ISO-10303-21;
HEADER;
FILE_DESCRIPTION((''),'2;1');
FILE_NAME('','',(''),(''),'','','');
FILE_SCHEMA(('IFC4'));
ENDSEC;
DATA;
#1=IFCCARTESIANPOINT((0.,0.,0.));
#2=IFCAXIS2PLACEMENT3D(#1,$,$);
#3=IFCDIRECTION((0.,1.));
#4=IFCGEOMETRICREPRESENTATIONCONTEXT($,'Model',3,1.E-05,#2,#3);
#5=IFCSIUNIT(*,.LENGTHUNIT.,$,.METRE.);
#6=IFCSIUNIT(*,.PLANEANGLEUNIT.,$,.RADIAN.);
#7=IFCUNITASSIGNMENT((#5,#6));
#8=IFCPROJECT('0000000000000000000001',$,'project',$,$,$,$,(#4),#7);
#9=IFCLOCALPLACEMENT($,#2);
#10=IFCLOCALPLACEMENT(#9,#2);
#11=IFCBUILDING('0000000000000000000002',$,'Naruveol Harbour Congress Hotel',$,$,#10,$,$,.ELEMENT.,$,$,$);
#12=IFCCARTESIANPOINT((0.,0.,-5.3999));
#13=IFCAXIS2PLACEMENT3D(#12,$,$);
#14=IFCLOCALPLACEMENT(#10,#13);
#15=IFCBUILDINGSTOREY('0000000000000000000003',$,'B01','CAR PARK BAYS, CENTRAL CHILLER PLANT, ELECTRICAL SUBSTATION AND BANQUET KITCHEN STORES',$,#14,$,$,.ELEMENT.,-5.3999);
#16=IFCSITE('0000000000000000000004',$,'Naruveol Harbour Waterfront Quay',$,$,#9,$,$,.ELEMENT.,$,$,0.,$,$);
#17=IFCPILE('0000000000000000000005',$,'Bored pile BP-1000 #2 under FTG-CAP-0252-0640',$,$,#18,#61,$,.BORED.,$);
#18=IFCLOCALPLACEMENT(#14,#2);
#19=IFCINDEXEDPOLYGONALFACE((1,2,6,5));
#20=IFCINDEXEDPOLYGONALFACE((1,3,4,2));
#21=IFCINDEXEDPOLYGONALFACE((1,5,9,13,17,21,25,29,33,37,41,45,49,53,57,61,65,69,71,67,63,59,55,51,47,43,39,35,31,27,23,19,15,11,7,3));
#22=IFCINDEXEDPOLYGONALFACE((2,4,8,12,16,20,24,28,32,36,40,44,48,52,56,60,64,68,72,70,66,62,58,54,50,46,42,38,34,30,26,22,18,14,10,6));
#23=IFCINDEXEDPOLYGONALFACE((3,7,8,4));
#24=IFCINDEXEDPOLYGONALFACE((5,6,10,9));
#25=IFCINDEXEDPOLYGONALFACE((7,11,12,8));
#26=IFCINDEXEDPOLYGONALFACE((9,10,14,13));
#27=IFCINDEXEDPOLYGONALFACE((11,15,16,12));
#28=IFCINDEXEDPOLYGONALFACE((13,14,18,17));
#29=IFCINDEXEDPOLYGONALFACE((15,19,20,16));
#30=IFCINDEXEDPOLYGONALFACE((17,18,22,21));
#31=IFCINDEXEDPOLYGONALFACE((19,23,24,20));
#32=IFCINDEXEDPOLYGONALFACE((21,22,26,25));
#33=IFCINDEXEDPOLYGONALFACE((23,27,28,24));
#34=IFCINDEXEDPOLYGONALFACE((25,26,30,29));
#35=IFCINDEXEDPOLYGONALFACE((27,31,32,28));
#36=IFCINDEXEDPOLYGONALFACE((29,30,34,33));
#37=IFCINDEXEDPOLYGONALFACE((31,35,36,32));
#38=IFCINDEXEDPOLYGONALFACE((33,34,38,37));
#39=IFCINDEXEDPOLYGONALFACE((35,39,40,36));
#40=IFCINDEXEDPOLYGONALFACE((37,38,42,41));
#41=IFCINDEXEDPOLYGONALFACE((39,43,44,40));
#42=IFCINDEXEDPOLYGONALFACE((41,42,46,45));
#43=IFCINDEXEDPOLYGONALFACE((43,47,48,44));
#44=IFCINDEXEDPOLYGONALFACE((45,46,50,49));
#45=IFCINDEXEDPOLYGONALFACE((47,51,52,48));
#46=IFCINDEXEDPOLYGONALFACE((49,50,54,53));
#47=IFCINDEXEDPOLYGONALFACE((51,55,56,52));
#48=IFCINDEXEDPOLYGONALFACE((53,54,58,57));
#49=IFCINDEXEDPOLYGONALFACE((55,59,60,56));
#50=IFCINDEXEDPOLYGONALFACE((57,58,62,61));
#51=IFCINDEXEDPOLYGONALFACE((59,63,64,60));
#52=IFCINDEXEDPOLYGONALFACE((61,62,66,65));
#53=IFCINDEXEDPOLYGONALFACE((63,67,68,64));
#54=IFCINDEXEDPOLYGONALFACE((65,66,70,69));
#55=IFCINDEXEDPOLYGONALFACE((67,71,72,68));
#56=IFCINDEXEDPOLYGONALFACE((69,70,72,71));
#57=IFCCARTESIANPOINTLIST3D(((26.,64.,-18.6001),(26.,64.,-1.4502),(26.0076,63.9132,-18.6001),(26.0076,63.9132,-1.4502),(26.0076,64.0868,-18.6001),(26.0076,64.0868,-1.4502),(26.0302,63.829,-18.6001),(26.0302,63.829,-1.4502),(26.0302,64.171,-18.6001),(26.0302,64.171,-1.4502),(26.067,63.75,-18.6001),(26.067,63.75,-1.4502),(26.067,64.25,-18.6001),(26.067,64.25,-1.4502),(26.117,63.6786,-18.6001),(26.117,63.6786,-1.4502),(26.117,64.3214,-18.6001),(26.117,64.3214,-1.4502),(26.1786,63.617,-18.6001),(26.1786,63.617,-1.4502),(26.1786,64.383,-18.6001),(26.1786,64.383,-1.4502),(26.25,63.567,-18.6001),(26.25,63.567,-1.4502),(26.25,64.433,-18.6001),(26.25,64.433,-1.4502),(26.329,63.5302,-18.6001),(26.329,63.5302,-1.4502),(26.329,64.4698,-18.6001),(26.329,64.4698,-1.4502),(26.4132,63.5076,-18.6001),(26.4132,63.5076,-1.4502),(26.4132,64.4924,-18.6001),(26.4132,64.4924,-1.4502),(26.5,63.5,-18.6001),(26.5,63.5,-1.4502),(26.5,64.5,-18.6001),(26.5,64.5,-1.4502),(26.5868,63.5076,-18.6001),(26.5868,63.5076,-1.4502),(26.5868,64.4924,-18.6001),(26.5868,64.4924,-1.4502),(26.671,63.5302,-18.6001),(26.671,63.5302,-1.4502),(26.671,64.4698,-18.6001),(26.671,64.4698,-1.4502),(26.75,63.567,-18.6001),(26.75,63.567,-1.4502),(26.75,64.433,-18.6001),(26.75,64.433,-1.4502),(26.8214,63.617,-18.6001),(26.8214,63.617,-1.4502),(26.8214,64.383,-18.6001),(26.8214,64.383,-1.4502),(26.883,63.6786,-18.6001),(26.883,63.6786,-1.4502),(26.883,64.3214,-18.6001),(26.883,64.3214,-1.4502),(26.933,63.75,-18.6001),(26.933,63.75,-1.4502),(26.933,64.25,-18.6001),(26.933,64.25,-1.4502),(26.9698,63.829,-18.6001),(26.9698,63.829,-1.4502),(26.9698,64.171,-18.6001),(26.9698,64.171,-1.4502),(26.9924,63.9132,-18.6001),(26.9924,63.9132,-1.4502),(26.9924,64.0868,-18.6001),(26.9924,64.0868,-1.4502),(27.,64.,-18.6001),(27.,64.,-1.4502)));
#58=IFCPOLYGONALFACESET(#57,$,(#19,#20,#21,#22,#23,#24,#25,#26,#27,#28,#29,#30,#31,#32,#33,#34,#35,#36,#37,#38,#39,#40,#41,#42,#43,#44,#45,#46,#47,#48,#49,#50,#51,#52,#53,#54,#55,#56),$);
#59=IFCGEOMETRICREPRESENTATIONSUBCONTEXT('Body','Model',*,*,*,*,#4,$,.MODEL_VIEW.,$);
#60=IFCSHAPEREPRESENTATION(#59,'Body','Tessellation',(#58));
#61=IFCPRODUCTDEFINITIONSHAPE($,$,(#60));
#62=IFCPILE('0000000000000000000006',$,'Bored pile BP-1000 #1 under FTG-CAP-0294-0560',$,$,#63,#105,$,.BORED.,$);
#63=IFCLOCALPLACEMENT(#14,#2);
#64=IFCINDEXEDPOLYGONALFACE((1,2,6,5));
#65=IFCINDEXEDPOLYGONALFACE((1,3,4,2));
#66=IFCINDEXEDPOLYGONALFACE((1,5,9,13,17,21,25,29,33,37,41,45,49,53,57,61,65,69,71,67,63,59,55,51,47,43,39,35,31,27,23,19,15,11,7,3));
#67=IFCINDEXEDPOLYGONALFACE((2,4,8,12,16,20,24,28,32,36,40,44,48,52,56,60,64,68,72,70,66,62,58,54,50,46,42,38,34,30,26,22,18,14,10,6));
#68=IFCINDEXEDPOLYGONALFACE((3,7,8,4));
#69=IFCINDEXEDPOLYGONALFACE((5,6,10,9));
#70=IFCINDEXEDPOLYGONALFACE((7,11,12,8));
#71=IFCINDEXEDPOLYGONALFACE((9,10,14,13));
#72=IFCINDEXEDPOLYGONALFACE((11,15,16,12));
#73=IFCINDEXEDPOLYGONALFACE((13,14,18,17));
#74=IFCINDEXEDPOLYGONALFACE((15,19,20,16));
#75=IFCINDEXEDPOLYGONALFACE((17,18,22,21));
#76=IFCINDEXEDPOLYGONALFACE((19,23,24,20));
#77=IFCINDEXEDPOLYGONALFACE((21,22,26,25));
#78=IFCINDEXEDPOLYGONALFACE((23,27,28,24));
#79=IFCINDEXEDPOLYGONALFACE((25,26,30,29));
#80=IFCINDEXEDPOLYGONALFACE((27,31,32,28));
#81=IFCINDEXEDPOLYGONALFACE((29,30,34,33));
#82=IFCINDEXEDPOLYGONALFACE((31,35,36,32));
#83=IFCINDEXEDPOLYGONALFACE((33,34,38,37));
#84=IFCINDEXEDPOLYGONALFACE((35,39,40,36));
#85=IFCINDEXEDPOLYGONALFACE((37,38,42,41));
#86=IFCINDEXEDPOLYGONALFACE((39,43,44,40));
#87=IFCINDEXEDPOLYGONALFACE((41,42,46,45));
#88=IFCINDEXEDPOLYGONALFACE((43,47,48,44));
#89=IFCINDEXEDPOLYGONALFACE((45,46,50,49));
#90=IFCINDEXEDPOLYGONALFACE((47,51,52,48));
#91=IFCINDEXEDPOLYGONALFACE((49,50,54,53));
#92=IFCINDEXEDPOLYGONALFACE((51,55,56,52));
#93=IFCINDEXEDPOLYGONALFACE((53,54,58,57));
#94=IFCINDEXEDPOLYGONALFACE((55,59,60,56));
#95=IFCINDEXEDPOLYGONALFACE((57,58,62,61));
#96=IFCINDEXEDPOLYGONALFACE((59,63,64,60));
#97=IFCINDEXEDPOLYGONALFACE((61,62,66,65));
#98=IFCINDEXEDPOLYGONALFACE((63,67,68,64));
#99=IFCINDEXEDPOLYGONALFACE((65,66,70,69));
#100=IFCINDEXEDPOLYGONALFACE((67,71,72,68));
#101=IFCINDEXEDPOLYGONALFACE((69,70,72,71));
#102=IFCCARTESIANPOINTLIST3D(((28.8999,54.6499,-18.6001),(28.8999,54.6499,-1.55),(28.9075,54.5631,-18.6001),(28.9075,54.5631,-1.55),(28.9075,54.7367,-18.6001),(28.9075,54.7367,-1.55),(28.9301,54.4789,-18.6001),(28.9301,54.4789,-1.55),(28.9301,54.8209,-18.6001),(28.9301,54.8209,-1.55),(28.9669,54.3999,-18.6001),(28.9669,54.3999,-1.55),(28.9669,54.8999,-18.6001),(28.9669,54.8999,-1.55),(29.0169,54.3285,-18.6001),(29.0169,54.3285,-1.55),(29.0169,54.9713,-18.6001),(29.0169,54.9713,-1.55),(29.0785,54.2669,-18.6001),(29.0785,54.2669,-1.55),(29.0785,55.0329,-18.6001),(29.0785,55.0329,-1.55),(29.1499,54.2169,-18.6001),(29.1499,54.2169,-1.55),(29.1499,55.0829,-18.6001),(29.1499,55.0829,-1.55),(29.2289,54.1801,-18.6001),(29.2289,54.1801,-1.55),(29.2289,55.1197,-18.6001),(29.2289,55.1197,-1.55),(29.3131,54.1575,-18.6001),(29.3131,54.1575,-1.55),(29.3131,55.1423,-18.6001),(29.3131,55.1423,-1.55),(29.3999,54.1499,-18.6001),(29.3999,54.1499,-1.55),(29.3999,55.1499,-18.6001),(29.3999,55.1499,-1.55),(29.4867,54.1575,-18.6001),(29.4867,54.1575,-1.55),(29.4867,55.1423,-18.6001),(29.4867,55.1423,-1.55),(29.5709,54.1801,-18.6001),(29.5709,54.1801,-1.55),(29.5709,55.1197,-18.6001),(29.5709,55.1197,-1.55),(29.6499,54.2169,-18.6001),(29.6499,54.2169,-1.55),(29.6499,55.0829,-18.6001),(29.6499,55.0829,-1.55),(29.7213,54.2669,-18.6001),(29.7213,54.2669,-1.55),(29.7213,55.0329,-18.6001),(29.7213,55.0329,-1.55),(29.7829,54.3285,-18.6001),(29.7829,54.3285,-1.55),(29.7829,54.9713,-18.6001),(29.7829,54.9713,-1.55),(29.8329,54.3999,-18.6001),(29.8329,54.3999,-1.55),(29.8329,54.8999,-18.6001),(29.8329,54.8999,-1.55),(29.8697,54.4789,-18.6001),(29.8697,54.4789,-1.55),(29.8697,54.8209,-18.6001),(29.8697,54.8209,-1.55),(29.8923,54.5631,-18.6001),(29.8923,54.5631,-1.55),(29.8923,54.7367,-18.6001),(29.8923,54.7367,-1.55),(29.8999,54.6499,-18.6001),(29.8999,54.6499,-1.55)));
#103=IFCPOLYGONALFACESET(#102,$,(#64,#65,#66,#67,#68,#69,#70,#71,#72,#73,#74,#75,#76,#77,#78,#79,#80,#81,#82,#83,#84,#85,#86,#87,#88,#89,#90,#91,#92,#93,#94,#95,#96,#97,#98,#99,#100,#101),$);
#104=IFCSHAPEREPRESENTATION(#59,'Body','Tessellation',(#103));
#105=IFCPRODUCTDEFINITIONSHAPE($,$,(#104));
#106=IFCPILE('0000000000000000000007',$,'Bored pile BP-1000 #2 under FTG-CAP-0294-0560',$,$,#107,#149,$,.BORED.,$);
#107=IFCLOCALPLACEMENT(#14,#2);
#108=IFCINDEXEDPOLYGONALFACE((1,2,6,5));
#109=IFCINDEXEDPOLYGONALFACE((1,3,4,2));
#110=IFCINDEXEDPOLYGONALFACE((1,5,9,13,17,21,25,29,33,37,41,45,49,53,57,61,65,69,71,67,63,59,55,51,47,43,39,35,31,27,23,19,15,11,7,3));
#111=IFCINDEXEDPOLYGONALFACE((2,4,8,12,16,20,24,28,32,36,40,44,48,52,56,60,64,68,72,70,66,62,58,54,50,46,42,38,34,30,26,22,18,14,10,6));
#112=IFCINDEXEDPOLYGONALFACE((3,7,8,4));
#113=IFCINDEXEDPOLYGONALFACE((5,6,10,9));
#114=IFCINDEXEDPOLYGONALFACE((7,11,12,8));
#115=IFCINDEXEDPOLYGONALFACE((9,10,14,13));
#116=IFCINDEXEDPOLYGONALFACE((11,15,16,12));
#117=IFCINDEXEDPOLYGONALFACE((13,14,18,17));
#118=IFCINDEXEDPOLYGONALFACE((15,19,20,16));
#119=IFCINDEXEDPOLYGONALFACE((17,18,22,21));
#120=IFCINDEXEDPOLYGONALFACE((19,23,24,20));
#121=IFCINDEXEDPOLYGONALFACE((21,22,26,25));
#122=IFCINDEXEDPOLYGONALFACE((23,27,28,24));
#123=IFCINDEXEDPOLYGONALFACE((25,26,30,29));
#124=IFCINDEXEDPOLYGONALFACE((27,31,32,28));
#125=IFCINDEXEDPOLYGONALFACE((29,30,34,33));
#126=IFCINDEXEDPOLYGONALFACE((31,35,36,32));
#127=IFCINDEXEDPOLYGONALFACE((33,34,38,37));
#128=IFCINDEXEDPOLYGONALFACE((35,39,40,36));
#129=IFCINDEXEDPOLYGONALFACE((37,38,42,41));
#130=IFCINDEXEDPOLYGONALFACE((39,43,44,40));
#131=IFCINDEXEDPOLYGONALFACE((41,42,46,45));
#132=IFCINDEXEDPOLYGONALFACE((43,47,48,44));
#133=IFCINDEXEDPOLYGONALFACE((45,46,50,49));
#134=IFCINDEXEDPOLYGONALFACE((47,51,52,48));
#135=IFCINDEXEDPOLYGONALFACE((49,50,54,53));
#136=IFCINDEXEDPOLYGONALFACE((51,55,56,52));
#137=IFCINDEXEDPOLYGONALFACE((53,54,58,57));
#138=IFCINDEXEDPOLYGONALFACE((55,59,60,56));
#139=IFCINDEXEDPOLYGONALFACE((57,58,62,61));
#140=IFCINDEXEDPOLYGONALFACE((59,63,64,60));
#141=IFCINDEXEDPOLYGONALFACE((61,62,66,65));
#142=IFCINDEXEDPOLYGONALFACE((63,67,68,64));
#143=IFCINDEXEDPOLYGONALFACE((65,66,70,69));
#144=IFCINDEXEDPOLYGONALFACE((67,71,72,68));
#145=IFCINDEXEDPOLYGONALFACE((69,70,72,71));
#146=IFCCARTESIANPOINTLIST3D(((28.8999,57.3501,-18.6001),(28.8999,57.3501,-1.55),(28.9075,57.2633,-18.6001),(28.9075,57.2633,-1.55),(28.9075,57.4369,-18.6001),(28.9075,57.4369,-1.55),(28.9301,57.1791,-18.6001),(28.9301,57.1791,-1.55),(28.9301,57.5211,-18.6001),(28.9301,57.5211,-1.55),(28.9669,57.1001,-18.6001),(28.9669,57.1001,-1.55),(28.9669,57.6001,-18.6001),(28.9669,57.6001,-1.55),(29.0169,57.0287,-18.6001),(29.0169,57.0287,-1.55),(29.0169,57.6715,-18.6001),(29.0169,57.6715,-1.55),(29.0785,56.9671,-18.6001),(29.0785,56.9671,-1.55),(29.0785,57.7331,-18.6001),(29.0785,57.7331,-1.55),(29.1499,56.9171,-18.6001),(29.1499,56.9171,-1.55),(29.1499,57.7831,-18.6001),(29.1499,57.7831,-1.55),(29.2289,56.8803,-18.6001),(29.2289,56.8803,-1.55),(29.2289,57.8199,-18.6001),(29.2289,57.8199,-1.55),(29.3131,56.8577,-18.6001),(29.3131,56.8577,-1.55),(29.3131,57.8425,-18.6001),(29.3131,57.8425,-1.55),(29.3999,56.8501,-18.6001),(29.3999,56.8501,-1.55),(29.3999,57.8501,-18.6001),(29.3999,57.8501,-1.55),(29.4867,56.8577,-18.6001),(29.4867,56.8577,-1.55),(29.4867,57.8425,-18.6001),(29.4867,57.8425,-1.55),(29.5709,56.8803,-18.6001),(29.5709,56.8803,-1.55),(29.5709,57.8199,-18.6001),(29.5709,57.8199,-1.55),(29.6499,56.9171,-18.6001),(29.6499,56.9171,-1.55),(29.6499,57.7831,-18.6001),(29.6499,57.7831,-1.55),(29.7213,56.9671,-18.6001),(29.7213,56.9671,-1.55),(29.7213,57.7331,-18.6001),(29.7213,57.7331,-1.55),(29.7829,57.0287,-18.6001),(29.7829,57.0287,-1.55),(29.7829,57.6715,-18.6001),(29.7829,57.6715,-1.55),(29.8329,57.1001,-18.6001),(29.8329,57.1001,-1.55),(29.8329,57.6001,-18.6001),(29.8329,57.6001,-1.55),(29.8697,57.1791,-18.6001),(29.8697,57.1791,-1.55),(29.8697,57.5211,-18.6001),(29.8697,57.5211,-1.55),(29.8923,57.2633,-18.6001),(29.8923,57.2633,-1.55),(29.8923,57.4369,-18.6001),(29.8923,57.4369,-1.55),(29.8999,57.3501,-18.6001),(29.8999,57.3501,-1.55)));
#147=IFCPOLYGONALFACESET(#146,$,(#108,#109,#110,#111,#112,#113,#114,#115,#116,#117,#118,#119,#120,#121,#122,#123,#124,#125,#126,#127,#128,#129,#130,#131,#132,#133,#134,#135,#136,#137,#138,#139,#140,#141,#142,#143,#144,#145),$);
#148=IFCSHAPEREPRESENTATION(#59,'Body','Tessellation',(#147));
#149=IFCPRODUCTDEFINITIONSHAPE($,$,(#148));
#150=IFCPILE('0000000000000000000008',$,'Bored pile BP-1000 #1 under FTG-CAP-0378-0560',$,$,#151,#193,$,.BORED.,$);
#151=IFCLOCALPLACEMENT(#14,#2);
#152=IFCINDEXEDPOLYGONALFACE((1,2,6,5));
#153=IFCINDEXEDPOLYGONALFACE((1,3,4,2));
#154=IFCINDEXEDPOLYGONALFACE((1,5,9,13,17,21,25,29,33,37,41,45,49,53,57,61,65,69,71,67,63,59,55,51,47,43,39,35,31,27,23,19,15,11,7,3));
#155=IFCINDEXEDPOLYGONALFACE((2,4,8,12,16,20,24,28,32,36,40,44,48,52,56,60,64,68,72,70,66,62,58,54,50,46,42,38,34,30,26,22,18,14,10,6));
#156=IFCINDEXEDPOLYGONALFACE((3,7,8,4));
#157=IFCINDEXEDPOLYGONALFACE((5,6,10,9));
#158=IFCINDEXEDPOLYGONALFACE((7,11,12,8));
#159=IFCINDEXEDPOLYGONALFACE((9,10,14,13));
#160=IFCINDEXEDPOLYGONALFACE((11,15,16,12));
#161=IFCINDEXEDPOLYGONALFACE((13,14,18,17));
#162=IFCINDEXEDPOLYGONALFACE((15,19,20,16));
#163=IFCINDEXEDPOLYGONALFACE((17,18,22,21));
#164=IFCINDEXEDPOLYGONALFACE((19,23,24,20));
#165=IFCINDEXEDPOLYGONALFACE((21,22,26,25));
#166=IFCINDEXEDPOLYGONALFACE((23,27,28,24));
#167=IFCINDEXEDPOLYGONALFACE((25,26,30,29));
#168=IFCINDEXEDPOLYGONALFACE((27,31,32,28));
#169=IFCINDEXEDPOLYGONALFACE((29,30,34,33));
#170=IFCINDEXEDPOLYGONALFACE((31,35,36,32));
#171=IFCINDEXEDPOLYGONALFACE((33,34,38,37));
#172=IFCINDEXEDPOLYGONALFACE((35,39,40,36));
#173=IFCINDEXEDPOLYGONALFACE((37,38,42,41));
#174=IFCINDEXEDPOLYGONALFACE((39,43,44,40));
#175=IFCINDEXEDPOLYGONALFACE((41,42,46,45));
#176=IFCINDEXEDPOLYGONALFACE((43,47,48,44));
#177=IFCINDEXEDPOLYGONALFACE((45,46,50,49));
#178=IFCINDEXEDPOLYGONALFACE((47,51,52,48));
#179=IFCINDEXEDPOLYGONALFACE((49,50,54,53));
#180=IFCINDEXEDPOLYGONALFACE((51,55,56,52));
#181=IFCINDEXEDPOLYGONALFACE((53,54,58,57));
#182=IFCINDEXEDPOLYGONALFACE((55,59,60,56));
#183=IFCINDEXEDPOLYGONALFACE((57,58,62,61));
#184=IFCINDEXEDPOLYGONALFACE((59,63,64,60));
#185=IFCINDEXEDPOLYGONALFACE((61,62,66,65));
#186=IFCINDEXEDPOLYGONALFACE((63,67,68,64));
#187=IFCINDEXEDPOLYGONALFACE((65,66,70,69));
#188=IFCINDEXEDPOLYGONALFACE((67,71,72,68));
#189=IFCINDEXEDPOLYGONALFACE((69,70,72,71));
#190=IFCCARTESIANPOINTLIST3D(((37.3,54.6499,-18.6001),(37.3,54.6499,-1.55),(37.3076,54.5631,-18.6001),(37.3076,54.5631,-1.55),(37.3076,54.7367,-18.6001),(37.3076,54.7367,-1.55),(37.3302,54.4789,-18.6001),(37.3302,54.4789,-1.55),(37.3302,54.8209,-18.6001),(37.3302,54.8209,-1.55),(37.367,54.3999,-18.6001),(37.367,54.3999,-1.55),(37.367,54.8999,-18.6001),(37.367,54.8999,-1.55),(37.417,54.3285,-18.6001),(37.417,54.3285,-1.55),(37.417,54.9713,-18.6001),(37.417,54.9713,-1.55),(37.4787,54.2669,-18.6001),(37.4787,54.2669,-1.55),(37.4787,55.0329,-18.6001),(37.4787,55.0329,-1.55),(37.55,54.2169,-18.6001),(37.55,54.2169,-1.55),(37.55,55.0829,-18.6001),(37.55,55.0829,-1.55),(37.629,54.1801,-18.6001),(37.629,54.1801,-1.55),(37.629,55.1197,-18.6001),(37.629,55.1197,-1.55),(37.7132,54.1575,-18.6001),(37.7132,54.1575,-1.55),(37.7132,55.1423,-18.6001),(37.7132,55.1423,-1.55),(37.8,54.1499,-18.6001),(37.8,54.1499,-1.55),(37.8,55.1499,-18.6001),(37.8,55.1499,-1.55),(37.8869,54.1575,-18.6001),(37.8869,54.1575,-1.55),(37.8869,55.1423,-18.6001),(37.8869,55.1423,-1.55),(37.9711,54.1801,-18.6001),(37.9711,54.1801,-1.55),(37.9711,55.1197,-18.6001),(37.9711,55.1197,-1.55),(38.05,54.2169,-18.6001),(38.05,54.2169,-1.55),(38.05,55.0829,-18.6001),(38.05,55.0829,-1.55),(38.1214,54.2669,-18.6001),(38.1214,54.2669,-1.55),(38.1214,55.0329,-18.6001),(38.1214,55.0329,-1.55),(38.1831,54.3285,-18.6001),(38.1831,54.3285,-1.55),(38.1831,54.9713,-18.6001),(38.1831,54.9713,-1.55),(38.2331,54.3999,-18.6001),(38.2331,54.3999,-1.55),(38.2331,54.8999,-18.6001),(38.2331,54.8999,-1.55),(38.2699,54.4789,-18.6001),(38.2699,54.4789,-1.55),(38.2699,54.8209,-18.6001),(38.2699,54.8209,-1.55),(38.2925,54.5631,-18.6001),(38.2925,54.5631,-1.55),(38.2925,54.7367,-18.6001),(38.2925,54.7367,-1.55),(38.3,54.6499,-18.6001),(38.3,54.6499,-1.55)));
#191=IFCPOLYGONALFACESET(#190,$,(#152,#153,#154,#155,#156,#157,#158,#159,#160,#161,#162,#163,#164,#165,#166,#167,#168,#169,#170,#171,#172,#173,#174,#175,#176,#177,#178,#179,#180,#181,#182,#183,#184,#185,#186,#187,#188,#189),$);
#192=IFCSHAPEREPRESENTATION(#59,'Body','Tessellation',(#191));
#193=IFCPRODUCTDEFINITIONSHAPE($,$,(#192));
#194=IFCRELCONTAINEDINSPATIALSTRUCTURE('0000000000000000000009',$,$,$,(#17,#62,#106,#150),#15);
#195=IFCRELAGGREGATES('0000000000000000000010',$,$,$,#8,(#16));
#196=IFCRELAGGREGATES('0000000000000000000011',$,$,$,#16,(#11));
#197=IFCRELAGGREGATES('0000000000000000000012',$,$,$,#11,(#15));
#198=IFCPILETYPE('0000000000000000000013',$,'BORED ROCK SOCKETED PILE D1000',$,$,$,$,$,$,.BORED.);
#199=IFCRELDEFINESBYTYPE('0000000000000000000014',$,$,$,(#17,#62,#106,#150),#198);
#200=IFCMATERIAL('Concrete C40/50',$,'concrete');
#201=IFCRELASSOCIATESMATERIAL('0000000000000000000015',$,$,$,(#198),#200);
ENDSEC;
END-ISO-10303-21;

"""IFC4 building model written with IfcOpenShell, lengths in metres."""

from ifc_helpers import new_model, si_unit, direction, frame, origin, origin_2d, place, context, subcontext, project, spatial, circle, extrude, material, material_profile, profile_set, type_object, element, save


model = new_model("IFC4")

# Units and contexts
model_context = context("Model", 3, precision=1e-05, world=origin(), true_north=direction((0.0, 1.0)))
body_context = subcontext(model_context, "Body", "Model", "MODEL_VIEW")
ifc_project = project(units=[si_unit("LENGTHUNIT", "METRE"), si_unit("PLANEANGLEUNIT", "RADIAN")], contexts=[model_context])

# Site, building, storey
site_placement = place(None, origin())
site = spatial("IfcSite", under=ifc_project, at=site_placement, Name="Naruveol Harbour Waterfront Quay", CompositionType="ELEMENT", RefElevation=0.0)
building_placement = place(site_placement, origin())
building = spatial("IfcBuilding", under=site, at=building_placement, Name="Naruveol Harbour Congress Hotel", CompositionType="ELEMENT")
storey_placement = place(building_placement, frame((0.0, 0.0, -5.3999)))
storey = spatial("IfcBuildingStorey", under=building, at=storey_placement, Name="B01", Description="CAR PARK BAYS, CENTRAL CHILLER PLANT, ELECTRICAL SUBSTATION AND BANQUET KITCHEN STORES", CompositionType="ELEMENT", Elevation=-5.3999)

# Piles
ifc_material_1 = material(Name="Concrete C40/50", Category="concrete")
ifc_material_profile_1 = material_profile(ifc_material_1, circle(Radius=0.5, at=origin_2d()), Name="BP-1000")
ifc_profile_set_1 = profile_set([ifc_material_profile_1], Name="Concrete C40/50")
pile_type_1 = type_object("IfcPileType", Name="BORED ROCK SOCKETED PILE D1000", PredefinedType="BORED", material=ifc_profile_set_1)
pile_placement = place(storey_placement, frame((26.5, 64.0, -1.4502), z_axis=(0.0, 0.0, -1.0), x_axis=(1.0, 0.0, 0.0)))
element("IfcPile", 1, at=pile_placement, inside=storey, type_object=pile_type_1, Name="Bored pile BP-1000 #2 under FTG-CAP-0252-0640", PredefinedType="BORED", context=body_context, shape_type="SweptSolid", body=[
    extrude(circle(Radius=0.5, at=origin_2d()), origin(), (0.0, 0.0, 1.0), 17.1499),
])
for number, where, z_axis, x_axis, name in (
    (2, (29.3999, 54.6499, -1.55), (0.0, 0.0, -1.0), (1.0, 0.0, 0.0), "Bored pile BP-1000 #1 under FTG-CAP-0294-0560"),
    (3, (29.3999, 57.3501, -1.55), (0.0, 0.0, -1.0), (1.0, 0.0, 0.0), "Bored pile BP-1000 #2 under FTG-CAP-0294-0560"),
    (4, (37.8, 54.6499, -1.55), (0.0, 0.0, -1.0), (1.0, 0.0, 0.0), "Bored pile BP-1000 #1 under FTG-CAP-0378-0560"),
):
    element("IfcPile", number, at=place(storey_placement, frame(where, z_axis=z_axis, x_axis=x_axis)), inside=storey, type_object=pile_type_1, Name=name, PredefinedType="BORED", context=body_context, shape_type="SweptSolid", body=[
        extrude(circle(Radius=0.5, at=origin_2d()), origin(), (0.0, 0.0, 1.0), 17.05),
    ])

save(model, "model.ifc")
